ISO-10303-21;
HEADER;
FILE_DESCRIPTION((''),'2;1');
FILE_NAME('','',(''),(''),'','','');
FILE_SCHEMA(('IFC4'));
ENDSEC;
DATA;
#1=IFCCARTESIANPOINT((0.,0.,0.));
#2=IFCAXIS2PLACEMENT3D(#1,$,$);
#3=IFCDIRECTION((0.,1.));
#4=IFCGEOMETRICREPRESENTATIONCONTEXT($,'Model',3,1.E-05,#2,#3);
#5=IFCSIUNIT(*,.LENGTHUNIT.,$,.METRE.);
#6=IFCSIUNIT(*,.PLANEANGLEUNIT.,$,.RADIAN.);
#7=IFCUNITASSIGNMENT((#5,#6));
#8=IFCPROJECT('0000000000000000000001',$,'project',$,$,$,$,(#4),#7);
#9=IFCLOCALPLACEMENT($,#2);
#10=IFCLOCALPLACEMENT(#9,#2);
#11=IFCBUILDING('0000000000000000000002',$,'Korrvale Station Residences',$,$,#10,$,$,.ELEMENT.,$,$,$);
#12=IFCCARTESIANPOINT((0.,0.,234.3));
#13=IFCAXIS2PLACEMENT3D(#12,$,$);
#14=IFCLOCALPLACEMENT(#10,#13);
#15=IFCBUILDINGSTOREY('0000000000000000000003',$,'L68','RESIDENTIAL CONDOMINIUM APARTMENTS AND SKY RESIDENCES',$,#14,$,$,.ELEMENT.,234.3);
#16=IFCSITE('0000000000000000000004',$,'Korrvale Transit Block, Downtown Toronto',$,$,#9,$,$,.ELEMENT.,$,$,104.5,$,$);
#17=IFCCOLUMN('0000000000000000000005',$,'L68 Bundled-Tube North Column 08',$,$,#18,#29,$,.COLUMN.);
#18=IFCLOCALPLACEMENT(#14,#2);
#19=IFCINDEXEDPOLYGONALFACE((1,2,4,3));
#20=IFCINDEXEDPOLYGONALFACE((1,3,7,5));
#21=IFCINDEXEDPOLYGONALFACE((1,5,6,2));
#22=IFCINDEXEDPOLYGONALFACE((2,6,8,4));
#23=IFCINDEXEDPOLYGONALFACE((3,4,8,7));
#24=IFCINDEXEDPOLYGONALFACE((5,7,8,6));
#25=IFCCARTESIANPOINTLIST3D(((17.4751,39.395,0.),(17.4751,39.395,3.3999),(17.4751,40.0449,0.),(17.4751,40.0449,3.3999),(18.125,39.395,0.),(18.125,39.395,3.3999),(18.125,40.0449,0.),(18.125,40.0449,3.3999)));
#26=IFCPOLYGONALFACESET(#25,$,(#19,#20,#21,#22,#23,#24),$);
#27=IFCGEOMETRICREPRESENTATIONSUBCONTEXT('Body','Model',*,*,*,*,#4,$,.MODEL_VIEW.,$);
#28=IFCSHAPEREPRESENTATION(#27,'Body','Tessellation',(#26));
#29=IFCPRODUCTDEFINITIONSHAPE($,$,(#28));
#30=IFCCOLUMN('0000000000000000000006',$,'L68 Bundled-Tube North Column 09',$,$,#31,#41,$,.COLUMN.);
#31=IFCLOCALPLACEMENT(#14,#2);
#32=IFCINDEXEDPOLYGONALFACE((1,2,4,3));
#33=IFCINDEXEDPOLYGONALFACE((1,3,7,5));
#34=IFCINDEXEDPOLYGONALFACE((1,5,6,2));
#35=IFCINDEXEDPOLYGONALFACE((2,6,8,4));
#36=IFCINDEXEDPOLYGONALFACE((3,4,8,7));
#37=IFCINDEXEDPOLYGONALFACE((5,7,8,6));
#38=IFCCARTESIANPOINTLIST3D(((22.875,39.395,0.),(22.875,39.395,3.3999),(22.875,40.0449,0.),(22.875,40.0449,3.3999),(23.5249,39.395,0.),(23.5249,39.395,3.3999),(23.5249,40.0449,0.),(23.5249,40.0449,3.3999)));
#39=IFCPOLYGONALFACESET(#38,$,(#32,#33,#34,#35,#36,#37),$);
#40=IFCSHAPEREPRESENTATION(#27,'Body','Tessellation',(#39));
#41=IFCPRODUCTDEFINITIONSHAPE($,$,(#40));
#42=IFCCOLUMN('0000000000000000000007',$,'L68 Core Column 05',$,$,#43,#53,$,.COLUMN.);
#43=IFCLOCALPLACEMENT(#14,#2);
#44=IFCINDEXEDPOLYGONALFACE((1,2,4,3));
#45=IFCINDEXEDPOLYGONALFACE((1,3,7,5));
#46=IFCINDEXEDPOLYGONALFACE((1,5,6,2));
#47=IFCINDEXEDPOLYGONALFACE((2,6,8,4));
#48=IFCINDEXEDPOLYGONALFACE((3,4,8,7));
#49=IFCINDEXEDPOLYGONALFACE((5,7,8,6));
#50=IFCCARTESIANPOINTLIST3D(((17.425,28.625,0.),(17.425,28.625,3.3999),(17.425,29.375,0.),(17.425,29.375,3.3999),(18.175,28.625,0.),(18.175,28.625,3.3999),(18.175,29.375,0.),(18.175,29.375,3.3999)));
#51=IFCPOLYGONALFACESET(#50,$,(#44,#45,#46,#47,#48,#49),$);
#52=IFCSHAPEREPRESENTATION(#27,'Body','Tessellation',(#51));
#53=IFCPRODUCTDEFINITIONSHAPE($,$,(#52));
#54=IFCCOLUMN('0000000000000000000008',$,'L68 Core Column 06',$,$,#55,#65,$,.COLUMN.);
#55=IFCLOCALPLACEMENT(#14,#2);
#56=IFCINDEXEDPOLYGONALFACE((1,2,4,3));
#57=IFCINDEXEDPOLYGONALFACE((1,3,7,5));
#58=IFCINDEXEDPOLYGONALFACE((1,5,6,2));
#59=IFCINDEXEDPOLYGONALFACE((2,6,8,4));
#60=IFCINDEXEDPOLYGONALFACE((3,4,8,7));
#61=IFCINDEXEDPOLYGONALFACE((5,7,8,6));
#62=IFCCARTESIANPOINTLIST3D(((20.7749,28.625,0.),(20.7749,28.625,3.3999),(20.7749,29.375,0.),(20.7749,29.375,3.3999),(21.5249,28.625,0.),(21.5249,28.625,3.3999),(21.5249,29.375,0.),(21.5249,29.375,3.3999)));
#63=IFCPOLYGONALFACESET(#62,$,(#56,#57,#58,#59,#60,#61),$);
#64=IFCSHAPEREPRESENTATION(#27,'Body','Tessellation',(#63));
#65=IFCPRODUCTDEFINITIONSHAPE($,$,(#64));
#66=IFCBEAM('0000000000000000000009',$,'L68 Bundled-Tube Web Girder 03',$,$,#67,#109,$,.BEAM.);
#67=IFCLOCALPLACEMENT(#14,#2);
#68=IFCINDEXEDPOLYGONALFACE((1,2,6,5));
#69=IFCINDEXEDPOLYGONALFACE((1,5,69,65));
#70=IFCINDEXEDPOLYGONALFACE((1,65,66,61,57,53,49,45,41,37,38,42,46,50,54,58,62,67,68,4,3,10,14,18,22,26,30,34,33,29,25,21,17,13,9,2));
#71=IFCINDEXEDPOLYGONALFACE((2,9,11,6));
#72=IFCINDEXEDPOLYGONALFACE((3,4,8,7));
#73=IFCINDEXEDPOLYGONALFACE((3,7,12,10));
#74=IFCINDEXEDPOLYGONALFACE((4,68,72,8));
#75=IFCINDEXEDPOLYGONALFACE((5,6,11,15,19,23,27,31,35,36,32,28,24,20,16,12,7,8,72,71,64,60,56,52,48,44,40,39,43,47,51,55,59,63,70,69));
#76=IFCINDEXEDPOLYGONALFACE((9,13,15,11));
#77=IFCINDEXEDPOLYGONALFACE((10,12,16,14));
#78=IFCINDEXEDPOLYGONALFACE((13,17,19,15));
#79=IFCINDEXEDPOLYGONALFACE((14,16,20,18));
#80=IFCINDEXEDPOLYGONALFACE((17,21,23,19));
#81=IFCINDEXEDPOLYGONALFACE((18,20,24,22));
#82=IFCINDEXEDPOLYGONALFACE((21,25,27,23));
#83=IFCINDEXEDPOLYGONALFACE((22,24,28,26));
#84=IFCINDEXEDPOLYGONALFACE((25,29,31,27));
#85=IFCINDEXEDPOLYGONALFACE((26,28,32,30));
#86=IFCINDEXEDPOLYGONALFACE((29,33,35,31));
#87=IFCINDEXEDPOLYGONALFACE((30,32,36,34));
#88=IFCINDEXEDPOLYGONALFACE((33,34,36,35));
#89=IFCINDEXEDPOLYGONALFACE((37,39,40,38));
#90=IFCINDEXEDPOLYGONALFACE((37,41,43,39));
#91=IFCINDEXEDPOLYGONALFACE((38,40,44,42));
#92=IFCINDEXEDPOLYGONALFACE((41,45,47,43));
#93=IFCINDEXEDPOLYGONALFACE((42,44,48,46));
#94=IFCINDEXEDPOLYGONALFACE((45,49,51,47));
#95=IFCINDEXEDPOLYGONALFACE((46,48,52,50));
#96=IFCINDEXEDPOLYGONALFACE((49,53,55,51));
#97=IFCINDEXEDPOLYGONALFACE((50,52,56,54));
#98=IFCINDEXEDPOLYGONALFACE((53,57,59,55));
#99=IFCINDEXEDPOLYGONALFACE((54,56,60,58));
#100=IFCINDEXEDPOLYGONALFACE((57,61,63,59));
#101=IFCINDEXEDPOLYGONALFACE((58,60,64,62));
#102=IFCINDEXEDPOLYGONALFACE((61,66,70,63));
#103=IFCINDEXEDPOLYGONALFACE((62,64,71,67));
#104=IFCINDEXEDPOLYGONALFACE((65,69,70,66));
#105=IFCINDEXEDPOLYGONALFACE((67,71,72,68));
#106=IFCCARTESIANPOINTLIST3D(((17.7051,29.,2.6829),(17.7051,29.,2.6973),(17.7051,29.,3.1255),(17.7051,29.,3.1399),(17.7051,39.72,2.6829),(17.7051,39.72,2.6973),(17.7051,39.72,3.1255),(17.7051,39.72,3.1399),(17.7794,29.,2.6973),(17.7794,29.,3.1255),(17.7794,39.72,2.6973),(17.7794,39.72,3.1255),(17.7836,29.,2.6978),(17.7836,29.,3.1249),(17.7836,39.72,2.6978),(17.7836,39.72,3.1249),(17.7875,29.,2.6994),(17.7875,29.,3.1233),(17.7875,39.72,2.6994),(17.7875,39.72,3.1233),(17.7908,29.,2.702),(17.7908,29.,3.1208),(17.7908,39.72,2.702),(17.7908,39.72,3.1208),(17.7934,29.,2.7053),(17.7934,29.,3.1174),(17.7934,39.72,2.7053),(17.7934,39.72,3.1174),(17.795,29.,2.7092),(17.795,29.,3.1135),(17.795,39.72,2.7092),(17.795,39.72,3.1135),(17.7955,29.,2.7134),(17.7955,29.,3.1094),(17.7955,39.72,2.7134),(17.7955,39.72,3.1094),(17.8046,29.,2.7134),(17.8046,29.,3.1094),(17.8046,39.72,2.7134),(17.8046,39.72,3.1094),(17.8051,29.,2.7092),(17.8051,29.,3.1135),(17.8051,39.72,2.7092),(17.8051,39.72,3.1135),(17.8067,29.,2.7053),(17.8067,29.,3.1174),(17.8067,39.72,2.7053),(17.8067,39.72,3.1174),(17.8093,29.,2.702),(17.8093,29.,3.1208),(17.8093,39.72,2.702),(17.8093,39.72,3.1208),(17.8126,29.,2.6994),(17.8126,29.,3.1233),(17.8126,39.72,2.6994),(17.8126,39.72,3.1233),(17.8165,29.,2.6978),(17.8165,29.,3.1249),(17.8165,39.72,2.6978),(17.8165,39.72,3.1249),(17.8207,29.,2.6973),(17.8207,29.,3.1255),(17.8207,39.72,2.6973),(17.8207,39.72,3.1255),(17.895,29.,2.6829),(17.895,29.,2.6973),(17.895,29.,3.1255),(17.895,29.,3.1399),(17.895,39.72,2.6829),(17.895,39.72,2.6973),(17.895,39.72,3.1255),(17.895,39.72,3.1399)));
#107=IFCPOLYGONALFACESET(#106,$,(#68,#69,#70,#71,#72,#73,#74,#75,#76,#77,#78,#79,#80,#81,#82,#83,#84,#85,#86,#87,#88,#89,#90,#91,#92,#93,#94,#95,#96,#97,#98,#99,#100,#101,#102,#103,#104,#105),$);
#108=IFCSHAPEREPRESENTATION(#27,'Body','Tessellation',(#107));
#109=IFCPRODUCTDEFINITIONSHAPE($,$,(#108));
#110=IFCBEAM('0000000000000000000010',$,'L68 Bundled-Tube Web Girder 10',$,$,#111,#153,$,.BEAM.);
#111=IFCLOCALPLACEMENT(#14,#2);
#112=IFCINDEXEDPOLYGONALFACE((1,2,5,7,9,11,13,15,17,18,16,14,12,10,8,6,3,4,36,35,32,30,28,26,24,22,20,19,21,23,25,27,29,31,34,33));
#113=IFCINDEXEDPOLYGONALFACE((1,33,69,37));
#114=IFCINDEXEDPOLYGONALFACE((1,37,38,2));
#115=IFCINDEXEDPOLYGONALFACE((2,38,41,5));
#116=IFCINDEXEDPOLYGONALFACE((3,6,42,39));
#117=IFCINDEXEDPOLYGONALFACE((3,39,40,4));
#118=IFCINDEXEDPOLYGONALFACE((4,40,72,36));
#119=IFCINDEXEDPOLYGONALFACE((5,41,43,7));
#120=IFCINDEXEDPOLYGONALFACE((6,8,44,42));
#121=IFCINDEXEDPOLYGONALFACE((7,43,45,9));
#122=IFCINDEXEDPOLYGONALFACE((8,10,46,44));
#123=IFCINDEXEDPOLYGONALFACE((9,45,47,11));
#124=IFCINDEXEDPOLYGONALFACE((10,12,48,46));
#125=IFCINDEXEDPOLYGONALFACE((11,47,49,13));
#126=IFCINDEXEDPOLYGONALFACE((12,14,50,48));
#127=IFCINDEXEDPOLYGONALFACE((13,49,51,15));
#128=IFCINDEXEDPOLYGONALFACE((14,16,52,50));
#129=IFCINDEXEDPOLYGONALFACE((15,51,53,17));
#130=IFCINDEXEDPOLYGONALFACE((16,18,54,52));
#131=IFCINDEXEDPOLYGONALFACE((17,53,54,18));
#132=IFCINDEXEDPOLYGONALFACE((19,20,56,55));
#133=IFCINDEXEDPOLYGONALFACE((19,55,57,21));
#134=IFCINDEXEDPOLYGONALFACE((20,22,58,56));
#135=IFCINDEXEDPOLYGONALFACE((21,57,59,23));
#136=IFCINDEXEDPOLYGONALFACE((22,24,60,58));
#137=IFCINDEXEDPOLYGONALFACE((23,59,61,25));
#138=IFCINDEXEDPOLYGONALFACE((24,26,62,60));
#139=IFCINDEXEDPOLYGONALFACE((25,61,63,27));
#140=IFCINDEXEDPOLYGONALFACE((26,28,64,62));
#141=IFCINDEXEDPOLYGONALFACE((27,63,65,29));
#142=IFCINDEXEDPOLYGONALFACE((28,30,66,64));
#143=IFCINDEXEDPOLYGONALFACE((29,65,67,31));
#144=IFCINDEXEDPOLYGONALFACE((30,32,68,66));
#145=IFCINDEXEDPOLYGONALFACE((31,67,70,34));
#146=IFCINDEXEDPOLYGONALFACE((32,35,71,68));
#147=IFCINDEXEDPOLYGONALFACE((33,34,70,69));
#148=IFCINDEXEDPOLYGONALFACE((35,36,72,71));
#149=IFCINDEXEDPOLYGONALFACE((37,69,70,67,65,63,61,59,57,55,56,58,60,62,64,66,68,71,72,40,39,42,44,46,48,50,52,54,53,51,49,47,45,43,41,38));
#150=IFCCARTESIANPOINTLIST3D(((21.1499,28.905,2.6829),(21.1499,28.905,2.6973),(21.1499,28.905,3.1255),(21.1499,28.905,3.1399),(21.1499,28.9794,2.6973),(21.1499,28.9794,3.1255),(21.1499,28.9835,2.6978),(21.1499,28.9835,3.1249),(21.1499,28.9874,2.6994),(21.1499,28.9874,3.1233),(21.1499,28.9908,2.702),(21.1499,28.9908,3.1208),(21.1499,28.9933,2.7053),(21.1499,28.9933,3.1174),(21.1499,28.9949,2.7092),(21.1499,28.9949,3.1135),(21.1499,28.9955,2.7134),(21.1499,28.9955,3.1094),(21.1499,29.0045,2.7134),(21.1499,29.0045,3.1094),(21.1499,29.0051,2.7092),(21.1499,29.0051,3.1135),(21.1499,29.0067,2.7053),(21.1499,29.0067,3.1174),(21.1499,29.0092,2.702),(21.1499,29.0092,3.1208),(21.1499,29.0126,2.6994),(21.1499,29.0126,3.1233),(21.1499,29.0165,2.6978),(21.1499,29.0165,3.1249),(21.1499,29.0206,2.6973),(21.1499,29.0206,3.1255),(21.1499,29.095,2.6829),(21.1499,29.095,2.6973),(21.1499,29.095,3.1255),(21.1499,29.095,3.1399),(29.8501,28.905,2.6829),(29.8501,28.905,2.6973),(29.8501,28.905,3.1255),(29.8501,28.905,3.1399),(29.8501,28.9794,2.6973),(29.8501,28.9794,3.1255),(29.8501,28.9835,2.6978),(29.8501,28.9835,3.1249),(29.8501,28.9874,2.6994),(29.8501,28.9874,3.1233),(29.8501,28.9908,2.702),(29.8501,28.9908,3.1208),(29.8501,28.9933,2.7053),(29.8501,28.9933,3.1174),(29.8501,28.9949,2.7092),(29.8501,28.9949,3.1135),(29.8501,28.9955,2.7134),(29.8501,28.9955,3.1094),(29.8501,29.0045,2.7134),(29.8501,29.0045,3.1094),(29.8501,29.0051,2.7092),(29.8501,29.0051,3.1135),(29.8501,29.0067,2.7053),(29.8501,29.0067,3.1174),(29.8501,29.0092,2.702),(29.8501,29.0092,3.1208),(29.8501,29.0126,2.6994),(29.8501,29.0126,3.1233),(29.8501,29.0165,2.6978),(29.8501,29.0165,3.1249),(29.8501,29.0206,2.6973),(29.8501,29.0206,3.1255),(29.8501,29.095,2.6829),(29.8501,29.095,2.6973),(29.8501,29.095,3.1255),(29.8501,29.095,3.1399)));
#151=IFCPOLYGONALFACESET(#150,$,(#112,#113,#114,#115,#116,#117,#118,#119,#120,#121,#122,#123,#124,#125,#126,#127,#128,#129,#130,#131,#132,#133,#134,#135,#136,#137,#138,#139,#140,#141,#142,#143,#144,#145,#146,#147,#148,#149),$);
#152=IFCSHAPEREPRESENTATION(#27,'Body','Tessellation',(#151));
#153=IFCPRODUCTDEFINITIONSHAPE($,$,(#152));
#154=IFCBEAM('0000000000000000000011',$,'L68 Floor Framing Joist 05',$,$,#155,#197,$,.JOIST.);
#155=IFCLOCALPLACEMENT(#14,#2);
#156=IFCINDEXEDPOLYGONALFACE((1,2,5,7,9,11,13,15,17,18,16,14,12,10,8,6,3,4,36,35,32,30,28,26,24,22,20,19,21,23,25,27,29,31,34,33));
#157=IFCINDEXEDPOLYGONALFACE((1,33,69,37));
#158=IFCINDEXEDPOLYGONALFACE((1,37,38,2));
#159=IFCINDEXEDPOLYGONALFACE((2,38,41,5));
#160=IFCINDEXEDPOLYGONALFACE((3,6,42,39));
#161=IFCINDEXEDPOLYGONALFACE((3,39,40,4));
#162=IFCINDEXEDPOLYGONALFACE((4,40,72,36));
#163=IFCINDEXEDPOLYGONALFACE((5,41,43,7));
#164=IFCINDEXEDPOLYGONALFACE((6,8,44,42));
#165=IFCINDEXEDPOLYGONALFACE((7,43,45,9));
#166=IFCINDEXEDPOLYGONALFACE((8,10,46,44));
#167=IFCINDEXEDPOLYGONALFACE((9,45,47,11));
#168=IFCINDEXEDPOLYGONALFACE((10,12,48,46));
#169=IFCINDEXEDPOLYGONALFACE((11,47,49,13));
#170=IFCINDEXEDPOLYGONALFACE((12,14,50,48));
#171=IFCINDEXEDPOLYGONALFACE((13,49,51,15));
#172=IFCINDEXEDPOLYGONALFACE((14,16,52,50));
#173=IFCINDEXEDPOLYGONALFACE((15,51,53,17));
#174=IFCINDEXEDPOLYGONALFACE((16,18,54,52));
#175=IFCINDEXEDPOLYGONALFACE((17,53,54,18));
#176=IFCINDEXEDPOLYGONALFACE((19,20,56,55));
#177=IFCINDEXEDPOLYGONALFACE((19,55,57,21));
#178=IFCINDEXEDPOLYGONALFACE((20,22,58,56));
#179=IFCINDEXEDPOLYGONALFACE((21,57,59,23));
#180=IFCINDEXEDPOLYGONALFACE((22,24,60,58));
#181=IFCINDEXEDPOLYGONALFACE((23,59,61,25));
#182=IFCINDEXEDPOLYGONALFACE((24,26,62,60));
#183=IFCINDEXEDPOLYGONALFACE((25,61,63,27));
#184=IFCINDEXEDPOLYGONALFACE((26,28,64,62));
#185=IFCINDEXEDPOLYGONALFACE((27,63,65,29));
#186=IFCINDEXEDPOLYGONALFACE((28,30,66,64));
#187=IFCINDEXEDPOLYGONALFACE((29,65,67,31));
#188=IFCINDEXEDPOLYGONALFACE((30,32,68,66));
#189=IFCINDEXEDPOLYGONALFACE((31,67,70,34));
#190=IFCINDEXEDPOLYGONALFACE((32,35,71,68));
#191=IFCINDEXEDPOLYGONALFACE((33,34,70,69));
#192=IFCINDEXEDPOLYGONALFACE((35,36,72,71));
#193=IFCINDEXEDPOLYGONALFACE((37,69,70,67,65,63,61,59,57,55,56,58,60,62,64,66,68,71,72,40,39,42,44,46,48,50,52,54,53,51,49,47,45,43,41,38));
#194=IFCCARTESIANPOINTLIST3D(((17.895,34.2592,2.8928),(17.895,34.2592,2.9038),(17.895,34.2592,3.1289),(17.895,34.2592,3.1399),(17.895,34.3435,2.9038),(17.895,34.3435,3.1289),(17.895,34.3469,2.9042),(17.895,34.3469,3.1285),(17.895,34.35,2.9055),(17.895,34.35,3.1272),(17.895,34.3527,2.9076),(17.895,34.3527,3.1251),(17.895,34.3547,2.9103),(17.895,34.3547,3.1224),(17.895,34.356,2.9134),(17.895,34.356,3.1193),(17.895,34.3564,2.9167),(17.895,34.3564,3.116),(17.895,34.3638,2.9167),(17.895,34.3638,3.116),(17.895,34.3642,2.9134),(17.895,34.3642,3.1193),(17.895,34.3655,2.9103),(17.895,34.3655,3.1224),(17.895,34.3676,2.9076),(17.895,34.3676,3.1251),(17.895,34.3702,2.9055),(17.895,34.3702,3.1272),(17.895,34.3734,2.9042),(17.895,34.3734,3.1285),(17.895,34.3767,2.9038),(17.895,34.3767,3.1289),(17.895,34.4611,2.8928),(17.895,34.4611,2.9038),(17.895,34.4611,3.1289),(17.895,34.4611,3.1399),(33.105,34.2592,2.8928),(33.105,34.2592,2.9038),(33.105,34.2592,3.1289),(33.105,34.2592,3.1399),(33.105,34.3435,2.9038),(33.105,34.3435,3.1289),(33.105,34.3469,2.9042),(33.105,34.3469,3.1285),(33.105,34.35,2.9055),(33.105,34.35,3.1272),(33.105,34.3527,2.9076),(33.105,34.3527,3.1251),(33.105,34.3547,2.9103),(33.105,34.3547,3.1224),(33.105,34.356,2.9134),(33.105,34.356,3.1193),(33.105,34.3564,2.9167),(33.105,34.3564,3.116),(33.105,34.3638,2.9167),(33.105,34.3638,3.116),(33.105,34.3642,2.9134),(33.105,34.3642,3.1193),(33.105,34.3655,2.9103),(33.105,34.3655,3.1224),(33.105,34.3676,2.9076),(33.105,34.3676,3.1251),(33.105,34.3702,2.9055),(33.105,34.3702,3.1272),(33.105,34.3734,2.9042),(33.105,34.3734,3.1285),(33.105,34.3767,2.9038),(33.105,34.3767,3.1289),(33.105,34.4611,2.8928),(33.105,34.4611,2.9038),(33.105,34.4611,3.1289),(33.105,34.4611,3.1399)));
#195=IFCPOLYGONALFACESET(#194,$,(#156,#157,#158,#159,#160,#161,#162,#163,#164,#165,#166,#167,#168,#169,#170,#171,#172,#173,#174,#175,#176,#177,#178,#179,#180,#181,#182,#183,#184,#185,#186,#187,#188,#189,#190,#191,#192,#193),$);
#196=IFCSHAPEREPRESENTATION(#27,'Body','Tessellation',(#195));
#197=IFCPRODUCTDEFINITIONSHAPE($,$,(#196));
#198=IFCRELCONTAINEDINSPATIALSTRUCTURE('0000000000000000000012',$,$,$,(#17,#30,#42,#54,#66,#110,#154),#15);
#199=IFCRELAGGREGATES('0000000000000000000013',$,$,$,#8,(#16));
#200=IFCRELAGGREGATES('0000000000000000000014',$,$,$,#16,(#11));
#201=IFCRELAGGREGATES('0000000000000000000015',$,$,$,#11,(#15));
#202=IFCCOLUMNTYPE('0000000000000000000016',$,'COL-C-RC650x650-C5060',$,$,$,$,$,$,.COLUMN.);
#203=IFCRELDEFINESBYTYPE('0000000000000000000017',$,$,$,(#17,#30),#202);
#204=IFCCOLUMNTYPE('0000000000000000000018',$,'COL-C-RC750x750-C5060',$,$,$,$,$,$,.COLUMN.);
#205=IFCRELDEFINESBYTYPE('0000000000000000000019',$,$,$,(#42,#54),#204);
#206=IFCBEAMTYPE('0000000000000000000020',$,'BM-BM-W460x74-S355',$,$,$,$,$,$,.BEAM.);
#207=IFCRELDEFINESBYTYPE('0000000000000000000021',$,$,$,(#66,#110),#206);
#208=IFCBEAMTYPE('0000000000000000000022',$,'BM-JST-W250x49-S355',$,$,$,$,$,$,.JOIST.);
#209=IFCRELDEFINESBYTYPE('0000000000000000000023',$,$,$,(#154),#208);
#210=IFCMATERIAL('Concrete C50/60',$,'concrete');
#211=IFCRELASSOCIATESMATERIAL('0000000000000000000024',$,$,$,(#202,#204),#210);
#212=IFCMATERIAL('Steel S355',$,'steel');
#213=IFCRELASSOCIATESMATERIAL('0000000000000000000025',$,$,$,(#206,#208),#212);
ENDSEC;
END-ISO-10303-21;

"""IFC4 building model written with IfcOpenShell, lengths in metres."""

from ifc_helpers import new_model, si_unit, direction, frame, origin, origin_2d, place, context, subcontext, project, spatial, rectangle, i_section, extrude, material, material_profile, profile_set, type_object, element, save


model = new_model("IFC4")

# Units and contexts
model_context = context("Model", 3, precision=1e-05, world=origin(), true_north=direction((0.0, 1.0)))
body_context = subcontext(model_context, "Body", "Model", "MODEL_VIEW")
ifc_project = project(units=[si_unit("LENGTHUNIT", "METRE"), si_unit("PLANEANGLEUNIT", "RADIAN")], contexts=[model_context])

# Site, building, storey
site_placement = place(None, origin())
site = spatial("IfcSite", under=ifc_project, at=site_placement, Name="Korrvale Transit Block, Downtown Toronto", CompositionType="ELEMENT", RefElevation=104.5)
building_placement = place(site_placement, origin())
building = spatial("IfcBuilding", under=site, at=building_placement, Name="Korrvale Station Residences", CompositionType="ELEMENT")
storey_placement = place(building_placement, frame((0.0, 0.0, 234.3)))
storey = spatial("IfcBuildingStorey", under=building, at=storey_placement, Name="L68", Description="RESIDENTIAL CONDOMINIUM APARTMENTS AND SKY RESIDENCES", CompositionType="ELEMENT", Elevation=234.3)

# Columns
ifc_material_1 = material(Name="Concrete C50/60", Category="concrete")
ifc_material_profile_1 = material_profile(ifc_material_1, rectangle(XDim=0.6499, YDim=0.6499, at=origin_2d()), Name="RC650x650")
ifc_profile_set_1 = profile_set([ifc_material_profile_1], Name="Concrete C50/60")
column_type_1 = type_object("IfcColumnType", Name="COL-C-RC650x650-C5060", PredefinedType="COLUMN", material=ifc_profile_set_1)
for number, where, z_axis, x_axis, name in (
    (1, (17.8, 39.72, 0.0), (0.0, 0.0, 1.0), (1.0, 0.0, 0.0), "L68 Bundled-Tube North Column 08"),
    (2, (23.2, 39.72, 0.0), (0.0, 0.0, 1.0), (1.0, 0.0, 0.0), "L68 Bundled-Tube North Column 09"),
):
    element("IfcColumn", number, at=place(storey_placement, frame(where, z_axis=z_axis, x_axis=x_axis)), inside=storey, type_object=column_type_1, Name=name, PredefinedType="COLUMN", context=body_context, shape_type="SweptSolid", body=[
        extrude(rectangle(XDim=0.6499, YDim=0.6499, at=origin_2d()), origin(), (0.0, 0.0, 1.0), 3.3999),
    ])
ifc_material_profile_2 = material_profile(ifc_material_1, rectangle(XDim=0.75, YDim=0.75, at=origin_2d()), Name="RC750x750")
ifc_profile_set_2 = profile_set([ifc_material_profile_2], Name="Concrete C50/60")
column_type_2 = type_object("IfcColumnType", Name="COL-C-RC750x750-C5060", PredefinedType="COLUMN", material=ifc_profile_set_2)
for number, where, z_axis, x_axis, name in (
    (3, (17.8, 29.0, 0.0), (0.0, 0.0, 1.0), (1.0, 0.0, 0.0), "L68 Core Column 05"),
    (4, (21.1499, 29.0, 0.0), (0.0, 0.0, 1.0), (1.0, 0.0, 0.0), "L68 Core Column 06"),
):
    element("IfcColumn", number, at=place(storey_placement, frame(where, z_axis=z_axis, x_axis=x_axis)), inside=storey, type_object=column_type_2, Name=name, PredefinedType="COLUMN", context=body_context, shape_type="SweptSolid", body=[
        extrude(rectangle(XDim=0.75, YDim=0.75, at=origin_2d()), origin(), (0.0, 0.0, 1.0), 3.3999),
    ])

# Beams
ifc_material_2 = material(Name="Steel S355", Category="steel")
ifc_material_profile_3 = material_profile(ifc_material_2, i_section(OverallWidth=0.1899, OverallDepth=0.457, WebThickness=0.009, FlangeThickness=0.0144, FilletRadius=0.0161, at=origin_2d()), Name="W460x74")
ifc_profile_set_3 = profile_set([ifc_material_profile_3], Name="Steel S355")
beam_type_1 = type_object("IfcBeamType", Name="BM-BM-W460x74-S355", PredefinedType="BEAM", material=ifc_profile_set_3)
beam_1_placement = place(storey_placement, frame((17.8, 29.0, 2.9114), z_axis=(0.0, 1.0, 0.0), x_axis=(-1.0, 0.0, 0.0)))
element("IfcBeam", 5, at=beam_1_placement, inside=storey, type_object=beam_type_1, Name="L68 Bundled-Tube Web Girder 03", PredefinedType="BEAM", context=body_context, shape_type="SweptSolid", body=[
    extrude(i_section(OverallWidth=0.1899, OverallDepth=0.457, WebThickness=0.009, FlangeThickness=0.0144, FilletRadius=0.0161, at=origin_2d()), origin(), (0.0, 0.0, 1.0), 10.72),
])
beam_2_placement = place(storey_placement, frame((21.1499, 29.0, 2.9114), z_axis=(1.0, 0.0, 0.0), x_axis=(0.0, 1.0, 0.0)))
element("IfcBeam", 6, at=beam_2_placement, inside=storey, type_object=beam_type_1, Name="L68 Bundled-Tube Web Girder 10", PredefinedType="BEAM", context=body_context, shape_type="SweptSolid", body=[
    extrude(i_section(OverallWidth=0.1899, OverallDepth=0.457, WebThickness=0.009, FlangeThickness=0.0144, FilletRadius=0.0161, at=origin_2d()), origin(), (0.0, 0.0, 1.0), 8.7002),
])
ifc_material_profile_4 = material_profile(ifc_material_2, i_section(OverallWidth=0.2019, OverallDepth=0.2471, WebThickness=0.0073, FlangeThickness=0.011, FilletRadius=0.0129, at=origin_2d()), Name="W250x49")
ifc_profile_set_4 = profile_set([ifc_material_profile_4], Name="Steel S355")
beam_type_2 = type_object("IfcBeamType", Name="BM-JST-W250x49-S355", PredefinedType="JOIST", material=ifc_profile_set_4)
beam_3_placement = place(storey_placement, frame((17.895, 34.3601, 3.0164), z_axis=(1.0, 0.0, 0.0), x_axis=(0.0, 1.0, 0.0)))
element("IfcBeam", 7, at=beam_3_placement, inside=storey, type_object=beam_type_2, Name="L68 Floor Framing Joist 05", PredefinedType="JOIST", context=body_context, shape_type="SweptSolid", body=[
    extrude(i_section(OverallWidth=0.2019, OverallDepth=0.2471, WebThickness=0.0073, FlangeThickness=0.011, FilletRadius=0.0129, at=origin_2d()), origin(), (0.0, 0.0, 1.0), 15.21),
])

save(model, "model.ifc")
